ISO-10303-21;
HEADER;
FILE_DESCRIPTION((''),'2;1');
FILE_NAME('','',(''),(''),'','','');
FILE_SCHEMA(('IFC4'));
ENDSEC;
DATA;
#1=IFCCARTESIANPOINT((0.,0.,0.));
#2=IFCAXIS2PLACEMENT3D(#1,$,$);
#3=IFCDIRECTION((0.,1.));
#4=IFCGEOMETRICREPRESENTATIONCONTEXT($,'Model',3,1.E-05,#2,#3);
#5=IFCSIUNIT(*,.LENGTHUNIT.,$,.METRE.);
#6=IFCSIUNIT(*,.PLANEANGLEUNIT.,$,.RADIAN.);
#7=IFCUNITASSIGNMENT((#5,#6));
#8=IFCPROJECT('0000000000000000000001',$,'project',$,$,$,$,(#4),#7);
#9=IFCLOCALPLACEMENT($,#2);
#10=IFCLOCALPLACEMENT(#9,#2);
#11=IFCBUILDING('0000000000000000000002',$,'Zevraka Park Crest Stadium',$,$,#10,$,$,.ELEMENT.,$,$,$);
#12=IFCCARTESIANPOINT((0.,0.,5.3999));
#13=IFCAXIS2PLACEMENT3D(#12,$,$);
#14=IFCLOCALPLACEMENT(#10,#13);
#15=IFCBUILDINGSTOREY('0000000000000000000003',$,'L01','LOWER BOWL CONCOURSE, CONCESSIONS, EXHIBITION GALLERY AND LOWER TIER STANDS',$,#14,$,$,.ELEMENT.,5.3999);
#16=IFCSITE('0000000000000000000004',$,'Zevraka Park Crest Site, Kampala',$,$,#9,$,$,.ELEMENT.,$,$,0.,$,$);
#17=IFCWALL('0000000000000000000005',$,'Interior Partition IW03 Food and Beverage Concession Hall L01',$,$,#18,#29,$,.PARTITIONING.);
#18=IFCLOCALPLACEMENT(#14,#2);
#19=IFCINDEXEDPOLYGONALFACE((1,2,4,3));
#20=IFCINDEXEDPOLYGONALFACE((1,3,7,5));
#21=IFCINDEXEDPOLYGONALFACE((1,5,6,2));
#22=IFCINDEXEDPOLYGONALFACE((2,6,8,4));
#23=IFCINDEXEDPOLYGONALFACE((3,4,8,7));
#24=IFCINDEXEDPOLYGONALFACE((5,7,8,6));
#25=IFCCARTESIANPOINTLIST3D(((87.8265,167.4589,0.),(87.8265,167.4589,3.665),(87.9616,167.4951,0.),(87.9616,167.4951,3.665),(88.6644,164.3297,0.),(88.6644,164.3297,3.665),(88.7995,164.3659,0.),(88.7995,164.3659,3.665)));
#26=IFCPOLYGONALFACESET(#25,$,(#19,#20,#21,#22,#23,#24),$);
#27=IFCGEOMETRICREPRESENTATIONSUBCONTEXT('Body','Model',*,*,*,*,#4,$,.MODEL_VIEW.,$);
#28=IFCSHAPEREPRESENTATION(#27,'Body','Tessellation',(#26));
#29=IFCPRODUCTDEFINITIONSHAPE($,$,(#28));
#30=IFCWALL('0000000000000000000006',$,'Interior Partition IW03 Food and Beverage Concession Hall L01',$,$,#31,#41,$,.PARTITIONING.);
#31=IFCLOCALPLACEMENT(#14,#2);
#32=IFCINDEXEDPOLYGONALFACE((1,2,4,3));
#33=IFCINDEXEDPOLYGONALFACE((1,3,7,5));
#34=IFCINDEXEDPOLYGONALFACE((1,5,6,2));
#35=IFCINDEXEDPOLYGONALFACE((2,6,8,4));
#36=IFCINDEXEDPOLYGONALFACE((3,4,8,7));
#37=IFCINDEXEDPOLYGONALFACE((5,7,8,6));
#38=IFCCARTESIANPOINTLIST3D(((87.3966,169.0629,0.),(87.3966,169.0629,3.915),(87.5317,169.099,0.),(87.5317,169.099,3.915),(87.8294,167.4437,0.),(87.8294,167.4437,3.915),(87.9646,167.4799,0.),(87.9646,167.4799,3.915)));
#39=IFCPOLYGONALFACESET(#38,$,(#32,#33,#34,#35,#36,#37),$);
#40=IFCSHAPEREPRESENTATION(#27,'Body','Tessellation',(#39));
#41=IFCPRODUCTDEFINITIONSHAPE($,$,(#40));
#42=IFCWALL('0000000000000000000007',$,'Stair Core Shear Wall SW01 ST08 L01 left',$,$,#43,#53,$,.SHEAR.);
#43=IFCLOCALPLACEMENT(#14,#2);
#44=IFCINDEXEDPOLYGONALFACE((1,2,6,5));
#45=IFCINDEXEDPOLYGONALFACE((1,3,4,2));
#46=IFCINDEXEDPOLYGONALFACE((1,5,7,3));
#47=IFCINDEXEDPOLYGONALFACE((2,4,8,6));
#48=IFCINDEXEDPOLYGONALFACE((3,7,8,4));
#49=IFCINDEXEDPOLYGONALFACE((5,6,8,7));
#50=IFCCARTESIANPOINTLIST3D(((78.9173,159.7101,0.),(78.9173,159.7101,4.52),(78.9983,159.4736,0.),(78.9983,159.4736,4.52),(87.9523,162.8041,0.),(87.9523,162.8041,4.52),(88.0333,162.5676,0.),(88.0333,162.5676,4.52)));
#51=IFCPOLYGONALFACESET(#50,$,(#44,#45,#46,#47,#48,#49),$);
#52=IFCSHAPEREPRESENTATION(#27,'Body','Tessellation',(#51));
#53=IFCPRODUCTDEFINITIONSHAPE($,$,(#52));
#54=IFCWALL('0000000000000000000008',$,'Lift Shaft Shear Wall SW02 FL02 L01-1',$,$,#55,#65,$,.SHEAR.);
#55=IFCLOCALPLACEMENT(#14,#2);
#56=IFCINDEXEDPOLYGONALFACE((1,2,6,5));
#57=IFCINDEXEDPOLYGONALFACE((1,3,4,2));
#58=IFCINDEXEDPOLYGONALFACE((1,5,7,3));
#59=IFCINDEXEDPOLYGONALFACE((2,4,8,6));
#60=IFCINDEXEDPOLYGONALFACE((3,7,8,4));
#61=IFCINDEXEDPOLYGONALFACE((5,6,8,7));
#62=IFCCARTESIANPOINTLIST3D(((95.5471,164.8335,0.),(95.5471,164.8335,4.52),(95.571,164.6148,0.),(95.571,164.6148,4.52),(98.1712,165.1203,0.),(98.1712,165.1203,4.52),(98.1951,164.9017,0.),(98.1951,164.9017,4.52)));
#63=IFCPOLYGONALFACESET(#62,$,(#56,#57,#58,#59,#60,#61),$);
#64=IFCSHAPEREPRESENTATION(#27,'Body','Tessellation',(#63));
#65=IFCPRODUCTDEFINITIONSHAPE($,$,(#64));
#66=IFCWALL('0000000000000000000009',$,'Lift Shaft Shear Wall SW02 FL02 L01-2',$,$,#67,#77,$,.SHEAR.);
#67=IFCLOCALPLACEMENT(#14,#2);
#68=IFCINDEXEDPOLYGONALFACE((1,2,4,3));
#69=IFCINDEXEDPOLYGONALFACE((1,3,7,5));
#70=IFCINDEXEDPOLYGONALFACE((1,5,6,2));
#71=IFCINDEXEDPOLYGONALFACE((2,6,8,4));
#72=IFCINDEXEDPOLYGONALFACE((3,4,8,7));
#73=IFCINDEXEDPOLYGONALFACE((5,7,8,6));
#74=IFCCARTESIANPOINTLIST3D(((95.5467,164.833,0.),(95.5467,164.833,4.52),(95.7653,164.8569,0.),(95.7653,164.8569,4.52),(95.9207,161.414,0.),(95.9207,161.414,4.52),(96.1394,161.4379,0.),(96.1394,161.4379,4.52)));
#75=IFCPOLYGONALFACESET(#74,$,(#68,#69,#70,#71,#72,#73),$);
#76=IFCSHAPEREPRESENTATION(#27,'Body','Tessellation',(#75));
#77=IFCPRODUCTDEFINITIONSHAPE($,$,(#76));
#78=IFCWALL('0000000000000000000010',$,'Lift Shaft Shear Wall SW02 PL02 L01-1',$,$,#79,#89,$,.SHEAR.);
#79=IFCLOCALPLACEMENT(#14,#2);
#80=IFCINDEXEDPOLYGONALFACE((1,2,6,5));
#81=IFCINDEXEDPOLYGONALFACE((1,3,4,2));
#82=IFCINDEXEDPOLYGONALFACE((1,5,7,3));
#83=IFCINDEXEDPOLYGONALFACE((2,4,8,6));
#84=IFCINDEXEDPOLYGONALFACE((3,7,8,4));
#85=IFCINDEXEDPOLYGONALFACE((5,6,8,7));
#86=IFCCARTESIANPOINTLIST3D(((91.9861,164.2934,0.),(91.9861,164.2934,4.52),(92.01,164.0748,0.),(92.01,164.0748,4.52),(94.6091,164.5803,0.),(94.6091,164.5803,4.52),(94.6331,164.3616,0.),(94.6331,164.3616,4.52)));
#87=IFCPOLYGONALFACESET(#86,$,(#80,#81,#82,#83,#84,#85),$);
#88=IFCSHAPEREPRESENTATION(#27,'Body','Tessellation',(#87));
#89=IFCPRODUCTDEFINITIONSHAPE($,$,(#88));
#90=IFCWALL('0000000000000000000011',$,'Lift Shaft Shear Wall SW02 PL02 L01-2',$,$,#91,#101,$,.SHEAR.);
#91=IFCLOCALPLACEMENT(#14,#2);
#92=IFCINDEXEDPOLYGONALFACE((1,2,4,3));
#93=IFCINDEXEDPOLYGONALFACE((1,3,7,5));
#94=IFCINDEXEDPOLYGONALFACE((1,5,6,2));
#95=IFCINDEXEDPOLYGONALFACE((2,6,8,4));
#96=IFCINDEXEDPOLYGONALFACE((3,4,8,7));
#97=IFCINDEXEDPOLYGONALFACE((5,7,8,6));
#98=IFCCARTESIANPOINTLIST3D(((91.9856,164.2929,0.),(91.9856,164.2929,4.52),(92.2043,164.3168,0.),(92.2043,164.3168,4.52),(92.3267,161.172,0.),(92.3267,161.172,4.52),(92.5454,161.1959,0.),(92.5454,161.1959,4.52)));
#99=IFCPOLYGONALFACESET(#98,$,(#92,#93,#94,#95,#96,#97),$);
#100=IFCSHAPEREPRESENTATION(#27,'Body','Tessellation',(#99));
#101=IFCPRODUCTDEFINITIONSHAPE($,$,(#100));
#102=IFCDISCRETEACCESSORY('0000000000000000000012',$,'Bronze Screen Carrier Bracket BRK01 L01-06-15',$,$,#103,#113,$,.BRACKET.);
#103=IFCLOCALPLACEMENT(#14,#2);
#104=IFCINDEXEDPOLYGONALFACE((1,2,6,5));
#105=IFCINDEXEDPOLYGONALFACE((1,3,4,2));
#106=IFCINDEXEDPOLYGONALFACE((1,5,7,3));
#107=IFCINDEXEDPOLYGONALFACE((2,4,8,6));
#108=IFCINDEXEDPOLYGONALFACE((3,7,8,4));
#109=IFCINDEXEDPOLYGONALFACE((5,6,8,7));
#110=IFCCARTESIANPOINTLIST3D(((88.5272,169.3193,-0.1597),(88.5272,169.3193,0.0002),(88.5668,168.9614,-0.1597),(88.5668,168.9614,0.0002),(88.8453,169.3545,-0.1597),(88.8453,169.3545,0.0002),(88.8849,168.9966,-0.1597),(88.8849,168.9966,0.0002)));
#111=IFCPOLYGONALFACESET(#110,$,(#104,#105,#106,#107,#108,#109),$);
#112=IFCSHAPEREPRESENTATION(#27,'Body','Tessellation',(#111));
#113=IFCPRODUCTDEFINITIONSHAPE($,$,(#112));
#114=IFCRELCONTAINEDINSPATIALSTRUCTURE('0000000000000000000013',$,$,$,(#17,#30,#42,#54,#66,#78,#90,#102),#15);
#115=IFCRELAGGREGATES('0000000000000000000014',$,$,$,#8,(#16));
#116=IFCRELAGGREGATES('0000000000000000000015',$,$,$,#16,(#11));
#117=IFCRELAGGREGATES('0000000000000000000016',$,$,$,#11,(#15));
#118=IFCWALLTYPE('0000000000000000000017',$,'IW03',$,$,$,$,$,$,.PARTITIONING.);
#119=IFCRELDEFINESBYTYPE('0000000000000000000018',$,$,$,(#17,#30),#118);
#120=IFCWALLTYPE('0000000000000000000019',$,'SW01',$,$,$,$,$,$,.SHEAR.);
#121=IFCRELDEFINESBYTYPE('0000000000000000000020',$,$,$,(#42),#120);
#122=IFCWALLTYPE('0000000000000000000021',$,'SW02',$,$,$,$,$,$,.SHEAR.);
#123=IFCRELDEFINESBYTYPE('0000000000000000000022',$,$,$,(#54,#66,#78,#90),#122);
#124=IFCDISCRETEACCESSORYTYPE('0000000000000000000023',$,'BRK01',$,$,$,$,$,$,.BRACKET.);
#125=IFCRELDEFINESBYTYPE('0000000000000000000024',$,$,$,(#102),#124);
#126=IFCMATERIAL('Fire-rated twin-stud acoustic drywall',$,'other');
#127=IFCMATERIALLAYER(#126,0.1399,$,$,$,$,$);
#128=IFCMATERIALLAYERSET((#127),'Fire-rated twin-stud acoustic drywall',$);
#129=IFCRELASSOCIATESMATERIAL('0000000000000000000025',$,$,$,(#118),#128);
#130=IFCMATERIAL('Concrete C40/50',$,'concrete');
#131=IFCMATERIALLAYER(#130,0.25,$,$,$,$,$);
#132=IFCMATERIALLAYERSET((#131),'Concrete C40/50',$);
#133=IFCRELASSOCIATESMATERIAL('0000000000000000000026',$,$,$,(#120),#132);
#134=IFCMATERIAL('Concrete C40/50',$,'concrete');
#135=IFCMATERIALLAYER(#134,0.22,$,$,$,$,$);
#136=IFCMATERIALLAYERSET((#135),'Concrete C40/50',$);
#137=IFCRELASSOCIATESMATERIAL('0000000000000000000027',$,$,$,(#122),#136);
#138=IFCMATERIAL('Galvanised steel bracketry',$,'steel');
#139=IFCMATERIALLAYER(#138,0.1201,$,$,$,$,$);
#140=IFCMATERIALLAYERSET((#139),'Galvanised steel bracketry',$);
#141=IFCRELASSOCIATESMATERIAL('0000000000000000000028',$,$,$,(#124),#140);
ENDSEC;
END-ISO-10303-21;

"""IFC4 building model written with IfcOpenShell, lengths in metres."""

from ifc_helpers import new_model, si_unit, direction, frame, frame_2d, origin, origin_2d, place, context, subcontext, project, spatial, rectangle, extrude, material, layer, layer_set, type_object, element, save


model = new_model("IFC4")

# Units and contexts
model_context = context("Model", 3, precision=1e-05, world=origin(), true_north=direction((0.0, 1.0)))
body_context = subcontext(model_context, "Body", "Model", "MODEL_VIEW")
ifc_project = project(units=[si_unit("LENGTHUNIT", "METRE"), si_unit("PLANEANGLEUNIT", "RADIAN")], contexts=[model_context])

# Site, building, storey
site_placement = place(None, origin())
site = spatial("IfcSite", under=ifc_project, at=site_placement, Name="Zevraka Park Crest Site, Kampala", CompositionType="ELEMENT", RefElevation=0.0)
building_placement = place(site_placement, origin())
building = spatial("IfcBuilding", under=site, at=building_placement, Name="Zevraka Park Crest Stadium", CompositionType="ELEMENT")
storey_placement = place(building_placement, frame((0.0, 0.0, 5.3999)))
storey = spatial("IfcBuildingStorey", under=building, at=storey_placement, Name="L01", Description="LOWER BOWL CONCOURSE, CONCESSIONS, EXHIBITION GALLERY AND LOWER TIER STANDS", CompositionType="ELEMENT", Elevation=5.3999)

# Walls
ifc_material_1 = material(Name="Fire-rated twin-stud acoustic drywall", Category="other")
ifc_layer_1 = layer(ifc_material_1, 0.1399)
ifc_layer_set_1 = layer_set([ifc_layer_1], Name="Fire-rated twin-stud acoustic drywall")
wall_type_1 = type_object("IfcWallType", Name="IW03", PredefinedType="PARTITIONING", material=ifc_layer_set_1)
wall_1_placement = place(storey_placement, frame((88.7319, 164.3479, 0.0), z_axis=(0.0, 0.0, 1.0), x_axis=(-0.258657, 0.965969, 0.0)))
element("IfcWall", 1, at=wall_1_placement, inside=storey, type_object=wall_type_1, Name="Interior Partition IW03 Food and Beverage Concession Hall L01", PredefinedType="PARTITIONING", context=body_context, shape_type="SweptSolid", body=[
    extrude(rectangle(XDim=3.2395, YDim=0.1399, at=frame_2d((1.6196, 0.0))), origin(), (0.0, 0.0, 1.0), 3.665),
])
wall_2_placement = place(storey_placement, frame((87.897, 167.4619, 0.0), z_axis=(0.0, 0.0, 1.0), x_axis=(-0.25827, 0.966073, 0.0)))
element("IfcWall", 2, at=wall_2_placement, inside=storey, type_object=wall_type_1, Name="Interior Partition IW03 Food and Beverage Concession Hall L01", PredefinedType="PARTITIONING", context=body_context, shape_type="SweptSolid", body=[
    extrude(rectangle(XDim=1.676, YDim=0.1399, at=frame_2d((0.8379, 0.0))), origin(), (0.0, 0.0, 1.0), 3.915),
])
ifc_material_2 = material(Name="Concrete C40/50", Category="concrete")
ifc_layer_2 = layer(ifc_material_2, 0.25)
ifc_layer_set_2 = layer_set([ifc_layer_2], Name="Concrete C40/50")
wall_type_2 = type_object("IfcWallType", Name="SW01", PredefinedType="SHEAR", material=ifc_layer_set_2)
wall_3_placement = place(storey_placement, frame((87.9927, 162.6858, 0.0), z_axis=(0.0, 0.0, 1.0), x_axis=(-0.946064, -0.323979, 0.0)))
element("IfcWall", 3, at=wall_3_placement, inside=storey, type_object=wall_type_2, Name="Stair Core Shear Wall SW01 ST08 L01 left", PredefinedType="SHEAR", context=body_context, shape_type="SweptSolid", body=[
    extrude(rectangle(XDim=9.55, YDim=0.25, at=frame_2d((4.7749, 0.0))), origin(), (0.0, 0.0, 1.0), 4.52),
])
ifc_material_3 = material(Name="Concrete C40/50", Category="concrete")
ifc_layer_3 = layer(ifc_material_3, 0.22)
ifc_layer_set_3 = layer_set([ifc_layer_3], Name="Concrete C40/50")
wall_type_3 = type_object("IfcWallType", Name="SW02", PredefinedType="SHEAR", material=ifc_layer_set_3)
wall_4_placement = place(storey_placement, frame((98.1831, 165.011, 0.0), z_axis=(0.0, 0.0, 1.0), x_axis=(-0.994077, -0.108675, 0.0)))
element("IfcWall", 4, at=wall_4_placement, inside=storey, type_object=wall_type_3, Name="Lift Shaft Shear Wall SW02 FL02 L01-1", PredefinedType="SHEAR", context=body_context, shape_type="SweptSolid", body=[
    extrude(rectangle(XDim=2.6396, YDim=0.22, at=frame_2d((1.3198, 0.0))), origin(), (0.0, 0.0, 1.0), 4.52),
])
wall_5_placement = place(storey_placement, frame((95.656, 164.845, 0.0), z_axis=(0.0, 0.0, 1.0), x_axis=(0.108749, -0.994069, 0.0)))
element("IfcWall", 5, at=wall_5_placement, inside=storey, type_object=wall_type_3, Name="Lift Shaft Shear Wall SW02 FL02 L01-2", PredefinedType="SHEAR", context=body_context, shape_type="SweptSolid", body=[
    extrude(rectangle(XDim=3.4395, YDim=0.22, at=frame_2d((1.7197, 0.0))), origin(), (0.0, 0.0, 1.0), 4.52),
])
wall_6_placement = place(storey_placement, frame((94.6211, 164.4709, 0.0), z_axis=(0.0, 0.0, 1.0), x_axis=(-0.994073, -0.108715, 0.0)))
element("IfcWall", 6, at=wall_6_placement, inside=storey, type_object=wall_type_3, Name="Lift Shaft Shear Wall SW02 PL02 L01-1", PredefinedType="SHEAR", context=body_context, shape_type="SweptSolid", body=[
    extrude(rectangle(XDim=2.6387, YDim=0.22, at=frame_2d((1.3193, 0.0))), origin(), (0.0, 0.0, 1.0), 4.52),
])
wall_7_placement = place(storey_placement, frame((92.095, 164.3049, 0.0), z_axis=(0.0, 0.0, 1.0), x_axis=(0.108639, -0.994081, 0.0)))
element("IfcWall", 7, at=wall_7_placement, inside=storey, type_object=wall_type_3, Name="Lift Shaft Shear Wall SW02 PL02 L01-2", PredefinedType="SHEAR", context=body_context, shape_type="SweptSolid", body=[
    extrude(rectangle(XDim=3.1394, YDim=0.22, at=frame_2d((1.5698, 0.0))), origin(), (0.0, 0.0, 1.0), 4.52),
])

# Discrete accessory
ifc_material_4 = material(Name="Galvanised steel bracketry", Category="steel")
ifc_layer_4 = layer(ifc_material_4, 0.1201)
ifc_layer_set_4 = layer_set([ifc_layer_4], Name="Galvanised steel bracketry")
discrete_accessory_type = type_object("IfcDiscreteAccessoryType", Name="BRK01", PredefinedType="BRACKET", material=ifc_layer_set_4)
discrete_accessory_placement = place(storey_placement, frame((88.7061, 169.158, -0.1597), z_axis=(0.0, 0.0, 1.0), x_axis=(-0.993923, -0.110081, 0.0)))
element("IfcDiscreteAccessory", 8, at=discrete_accessory_placement, inside=storey, type_object=discrete_accessory_type, Name="Bronze Screen Carrier Bracket BRK01 L01-06-15", PredefinedType="BRACKET", context=body_context, shape_type="SweptSolid", body=[
    extrude(rectangle(XDim=0.3201, YDim=0.3601, at=origin_2d()), origin(), (0.0, 0.0, 1.0), 0.1599),
])

save(model, "model.ifc")
